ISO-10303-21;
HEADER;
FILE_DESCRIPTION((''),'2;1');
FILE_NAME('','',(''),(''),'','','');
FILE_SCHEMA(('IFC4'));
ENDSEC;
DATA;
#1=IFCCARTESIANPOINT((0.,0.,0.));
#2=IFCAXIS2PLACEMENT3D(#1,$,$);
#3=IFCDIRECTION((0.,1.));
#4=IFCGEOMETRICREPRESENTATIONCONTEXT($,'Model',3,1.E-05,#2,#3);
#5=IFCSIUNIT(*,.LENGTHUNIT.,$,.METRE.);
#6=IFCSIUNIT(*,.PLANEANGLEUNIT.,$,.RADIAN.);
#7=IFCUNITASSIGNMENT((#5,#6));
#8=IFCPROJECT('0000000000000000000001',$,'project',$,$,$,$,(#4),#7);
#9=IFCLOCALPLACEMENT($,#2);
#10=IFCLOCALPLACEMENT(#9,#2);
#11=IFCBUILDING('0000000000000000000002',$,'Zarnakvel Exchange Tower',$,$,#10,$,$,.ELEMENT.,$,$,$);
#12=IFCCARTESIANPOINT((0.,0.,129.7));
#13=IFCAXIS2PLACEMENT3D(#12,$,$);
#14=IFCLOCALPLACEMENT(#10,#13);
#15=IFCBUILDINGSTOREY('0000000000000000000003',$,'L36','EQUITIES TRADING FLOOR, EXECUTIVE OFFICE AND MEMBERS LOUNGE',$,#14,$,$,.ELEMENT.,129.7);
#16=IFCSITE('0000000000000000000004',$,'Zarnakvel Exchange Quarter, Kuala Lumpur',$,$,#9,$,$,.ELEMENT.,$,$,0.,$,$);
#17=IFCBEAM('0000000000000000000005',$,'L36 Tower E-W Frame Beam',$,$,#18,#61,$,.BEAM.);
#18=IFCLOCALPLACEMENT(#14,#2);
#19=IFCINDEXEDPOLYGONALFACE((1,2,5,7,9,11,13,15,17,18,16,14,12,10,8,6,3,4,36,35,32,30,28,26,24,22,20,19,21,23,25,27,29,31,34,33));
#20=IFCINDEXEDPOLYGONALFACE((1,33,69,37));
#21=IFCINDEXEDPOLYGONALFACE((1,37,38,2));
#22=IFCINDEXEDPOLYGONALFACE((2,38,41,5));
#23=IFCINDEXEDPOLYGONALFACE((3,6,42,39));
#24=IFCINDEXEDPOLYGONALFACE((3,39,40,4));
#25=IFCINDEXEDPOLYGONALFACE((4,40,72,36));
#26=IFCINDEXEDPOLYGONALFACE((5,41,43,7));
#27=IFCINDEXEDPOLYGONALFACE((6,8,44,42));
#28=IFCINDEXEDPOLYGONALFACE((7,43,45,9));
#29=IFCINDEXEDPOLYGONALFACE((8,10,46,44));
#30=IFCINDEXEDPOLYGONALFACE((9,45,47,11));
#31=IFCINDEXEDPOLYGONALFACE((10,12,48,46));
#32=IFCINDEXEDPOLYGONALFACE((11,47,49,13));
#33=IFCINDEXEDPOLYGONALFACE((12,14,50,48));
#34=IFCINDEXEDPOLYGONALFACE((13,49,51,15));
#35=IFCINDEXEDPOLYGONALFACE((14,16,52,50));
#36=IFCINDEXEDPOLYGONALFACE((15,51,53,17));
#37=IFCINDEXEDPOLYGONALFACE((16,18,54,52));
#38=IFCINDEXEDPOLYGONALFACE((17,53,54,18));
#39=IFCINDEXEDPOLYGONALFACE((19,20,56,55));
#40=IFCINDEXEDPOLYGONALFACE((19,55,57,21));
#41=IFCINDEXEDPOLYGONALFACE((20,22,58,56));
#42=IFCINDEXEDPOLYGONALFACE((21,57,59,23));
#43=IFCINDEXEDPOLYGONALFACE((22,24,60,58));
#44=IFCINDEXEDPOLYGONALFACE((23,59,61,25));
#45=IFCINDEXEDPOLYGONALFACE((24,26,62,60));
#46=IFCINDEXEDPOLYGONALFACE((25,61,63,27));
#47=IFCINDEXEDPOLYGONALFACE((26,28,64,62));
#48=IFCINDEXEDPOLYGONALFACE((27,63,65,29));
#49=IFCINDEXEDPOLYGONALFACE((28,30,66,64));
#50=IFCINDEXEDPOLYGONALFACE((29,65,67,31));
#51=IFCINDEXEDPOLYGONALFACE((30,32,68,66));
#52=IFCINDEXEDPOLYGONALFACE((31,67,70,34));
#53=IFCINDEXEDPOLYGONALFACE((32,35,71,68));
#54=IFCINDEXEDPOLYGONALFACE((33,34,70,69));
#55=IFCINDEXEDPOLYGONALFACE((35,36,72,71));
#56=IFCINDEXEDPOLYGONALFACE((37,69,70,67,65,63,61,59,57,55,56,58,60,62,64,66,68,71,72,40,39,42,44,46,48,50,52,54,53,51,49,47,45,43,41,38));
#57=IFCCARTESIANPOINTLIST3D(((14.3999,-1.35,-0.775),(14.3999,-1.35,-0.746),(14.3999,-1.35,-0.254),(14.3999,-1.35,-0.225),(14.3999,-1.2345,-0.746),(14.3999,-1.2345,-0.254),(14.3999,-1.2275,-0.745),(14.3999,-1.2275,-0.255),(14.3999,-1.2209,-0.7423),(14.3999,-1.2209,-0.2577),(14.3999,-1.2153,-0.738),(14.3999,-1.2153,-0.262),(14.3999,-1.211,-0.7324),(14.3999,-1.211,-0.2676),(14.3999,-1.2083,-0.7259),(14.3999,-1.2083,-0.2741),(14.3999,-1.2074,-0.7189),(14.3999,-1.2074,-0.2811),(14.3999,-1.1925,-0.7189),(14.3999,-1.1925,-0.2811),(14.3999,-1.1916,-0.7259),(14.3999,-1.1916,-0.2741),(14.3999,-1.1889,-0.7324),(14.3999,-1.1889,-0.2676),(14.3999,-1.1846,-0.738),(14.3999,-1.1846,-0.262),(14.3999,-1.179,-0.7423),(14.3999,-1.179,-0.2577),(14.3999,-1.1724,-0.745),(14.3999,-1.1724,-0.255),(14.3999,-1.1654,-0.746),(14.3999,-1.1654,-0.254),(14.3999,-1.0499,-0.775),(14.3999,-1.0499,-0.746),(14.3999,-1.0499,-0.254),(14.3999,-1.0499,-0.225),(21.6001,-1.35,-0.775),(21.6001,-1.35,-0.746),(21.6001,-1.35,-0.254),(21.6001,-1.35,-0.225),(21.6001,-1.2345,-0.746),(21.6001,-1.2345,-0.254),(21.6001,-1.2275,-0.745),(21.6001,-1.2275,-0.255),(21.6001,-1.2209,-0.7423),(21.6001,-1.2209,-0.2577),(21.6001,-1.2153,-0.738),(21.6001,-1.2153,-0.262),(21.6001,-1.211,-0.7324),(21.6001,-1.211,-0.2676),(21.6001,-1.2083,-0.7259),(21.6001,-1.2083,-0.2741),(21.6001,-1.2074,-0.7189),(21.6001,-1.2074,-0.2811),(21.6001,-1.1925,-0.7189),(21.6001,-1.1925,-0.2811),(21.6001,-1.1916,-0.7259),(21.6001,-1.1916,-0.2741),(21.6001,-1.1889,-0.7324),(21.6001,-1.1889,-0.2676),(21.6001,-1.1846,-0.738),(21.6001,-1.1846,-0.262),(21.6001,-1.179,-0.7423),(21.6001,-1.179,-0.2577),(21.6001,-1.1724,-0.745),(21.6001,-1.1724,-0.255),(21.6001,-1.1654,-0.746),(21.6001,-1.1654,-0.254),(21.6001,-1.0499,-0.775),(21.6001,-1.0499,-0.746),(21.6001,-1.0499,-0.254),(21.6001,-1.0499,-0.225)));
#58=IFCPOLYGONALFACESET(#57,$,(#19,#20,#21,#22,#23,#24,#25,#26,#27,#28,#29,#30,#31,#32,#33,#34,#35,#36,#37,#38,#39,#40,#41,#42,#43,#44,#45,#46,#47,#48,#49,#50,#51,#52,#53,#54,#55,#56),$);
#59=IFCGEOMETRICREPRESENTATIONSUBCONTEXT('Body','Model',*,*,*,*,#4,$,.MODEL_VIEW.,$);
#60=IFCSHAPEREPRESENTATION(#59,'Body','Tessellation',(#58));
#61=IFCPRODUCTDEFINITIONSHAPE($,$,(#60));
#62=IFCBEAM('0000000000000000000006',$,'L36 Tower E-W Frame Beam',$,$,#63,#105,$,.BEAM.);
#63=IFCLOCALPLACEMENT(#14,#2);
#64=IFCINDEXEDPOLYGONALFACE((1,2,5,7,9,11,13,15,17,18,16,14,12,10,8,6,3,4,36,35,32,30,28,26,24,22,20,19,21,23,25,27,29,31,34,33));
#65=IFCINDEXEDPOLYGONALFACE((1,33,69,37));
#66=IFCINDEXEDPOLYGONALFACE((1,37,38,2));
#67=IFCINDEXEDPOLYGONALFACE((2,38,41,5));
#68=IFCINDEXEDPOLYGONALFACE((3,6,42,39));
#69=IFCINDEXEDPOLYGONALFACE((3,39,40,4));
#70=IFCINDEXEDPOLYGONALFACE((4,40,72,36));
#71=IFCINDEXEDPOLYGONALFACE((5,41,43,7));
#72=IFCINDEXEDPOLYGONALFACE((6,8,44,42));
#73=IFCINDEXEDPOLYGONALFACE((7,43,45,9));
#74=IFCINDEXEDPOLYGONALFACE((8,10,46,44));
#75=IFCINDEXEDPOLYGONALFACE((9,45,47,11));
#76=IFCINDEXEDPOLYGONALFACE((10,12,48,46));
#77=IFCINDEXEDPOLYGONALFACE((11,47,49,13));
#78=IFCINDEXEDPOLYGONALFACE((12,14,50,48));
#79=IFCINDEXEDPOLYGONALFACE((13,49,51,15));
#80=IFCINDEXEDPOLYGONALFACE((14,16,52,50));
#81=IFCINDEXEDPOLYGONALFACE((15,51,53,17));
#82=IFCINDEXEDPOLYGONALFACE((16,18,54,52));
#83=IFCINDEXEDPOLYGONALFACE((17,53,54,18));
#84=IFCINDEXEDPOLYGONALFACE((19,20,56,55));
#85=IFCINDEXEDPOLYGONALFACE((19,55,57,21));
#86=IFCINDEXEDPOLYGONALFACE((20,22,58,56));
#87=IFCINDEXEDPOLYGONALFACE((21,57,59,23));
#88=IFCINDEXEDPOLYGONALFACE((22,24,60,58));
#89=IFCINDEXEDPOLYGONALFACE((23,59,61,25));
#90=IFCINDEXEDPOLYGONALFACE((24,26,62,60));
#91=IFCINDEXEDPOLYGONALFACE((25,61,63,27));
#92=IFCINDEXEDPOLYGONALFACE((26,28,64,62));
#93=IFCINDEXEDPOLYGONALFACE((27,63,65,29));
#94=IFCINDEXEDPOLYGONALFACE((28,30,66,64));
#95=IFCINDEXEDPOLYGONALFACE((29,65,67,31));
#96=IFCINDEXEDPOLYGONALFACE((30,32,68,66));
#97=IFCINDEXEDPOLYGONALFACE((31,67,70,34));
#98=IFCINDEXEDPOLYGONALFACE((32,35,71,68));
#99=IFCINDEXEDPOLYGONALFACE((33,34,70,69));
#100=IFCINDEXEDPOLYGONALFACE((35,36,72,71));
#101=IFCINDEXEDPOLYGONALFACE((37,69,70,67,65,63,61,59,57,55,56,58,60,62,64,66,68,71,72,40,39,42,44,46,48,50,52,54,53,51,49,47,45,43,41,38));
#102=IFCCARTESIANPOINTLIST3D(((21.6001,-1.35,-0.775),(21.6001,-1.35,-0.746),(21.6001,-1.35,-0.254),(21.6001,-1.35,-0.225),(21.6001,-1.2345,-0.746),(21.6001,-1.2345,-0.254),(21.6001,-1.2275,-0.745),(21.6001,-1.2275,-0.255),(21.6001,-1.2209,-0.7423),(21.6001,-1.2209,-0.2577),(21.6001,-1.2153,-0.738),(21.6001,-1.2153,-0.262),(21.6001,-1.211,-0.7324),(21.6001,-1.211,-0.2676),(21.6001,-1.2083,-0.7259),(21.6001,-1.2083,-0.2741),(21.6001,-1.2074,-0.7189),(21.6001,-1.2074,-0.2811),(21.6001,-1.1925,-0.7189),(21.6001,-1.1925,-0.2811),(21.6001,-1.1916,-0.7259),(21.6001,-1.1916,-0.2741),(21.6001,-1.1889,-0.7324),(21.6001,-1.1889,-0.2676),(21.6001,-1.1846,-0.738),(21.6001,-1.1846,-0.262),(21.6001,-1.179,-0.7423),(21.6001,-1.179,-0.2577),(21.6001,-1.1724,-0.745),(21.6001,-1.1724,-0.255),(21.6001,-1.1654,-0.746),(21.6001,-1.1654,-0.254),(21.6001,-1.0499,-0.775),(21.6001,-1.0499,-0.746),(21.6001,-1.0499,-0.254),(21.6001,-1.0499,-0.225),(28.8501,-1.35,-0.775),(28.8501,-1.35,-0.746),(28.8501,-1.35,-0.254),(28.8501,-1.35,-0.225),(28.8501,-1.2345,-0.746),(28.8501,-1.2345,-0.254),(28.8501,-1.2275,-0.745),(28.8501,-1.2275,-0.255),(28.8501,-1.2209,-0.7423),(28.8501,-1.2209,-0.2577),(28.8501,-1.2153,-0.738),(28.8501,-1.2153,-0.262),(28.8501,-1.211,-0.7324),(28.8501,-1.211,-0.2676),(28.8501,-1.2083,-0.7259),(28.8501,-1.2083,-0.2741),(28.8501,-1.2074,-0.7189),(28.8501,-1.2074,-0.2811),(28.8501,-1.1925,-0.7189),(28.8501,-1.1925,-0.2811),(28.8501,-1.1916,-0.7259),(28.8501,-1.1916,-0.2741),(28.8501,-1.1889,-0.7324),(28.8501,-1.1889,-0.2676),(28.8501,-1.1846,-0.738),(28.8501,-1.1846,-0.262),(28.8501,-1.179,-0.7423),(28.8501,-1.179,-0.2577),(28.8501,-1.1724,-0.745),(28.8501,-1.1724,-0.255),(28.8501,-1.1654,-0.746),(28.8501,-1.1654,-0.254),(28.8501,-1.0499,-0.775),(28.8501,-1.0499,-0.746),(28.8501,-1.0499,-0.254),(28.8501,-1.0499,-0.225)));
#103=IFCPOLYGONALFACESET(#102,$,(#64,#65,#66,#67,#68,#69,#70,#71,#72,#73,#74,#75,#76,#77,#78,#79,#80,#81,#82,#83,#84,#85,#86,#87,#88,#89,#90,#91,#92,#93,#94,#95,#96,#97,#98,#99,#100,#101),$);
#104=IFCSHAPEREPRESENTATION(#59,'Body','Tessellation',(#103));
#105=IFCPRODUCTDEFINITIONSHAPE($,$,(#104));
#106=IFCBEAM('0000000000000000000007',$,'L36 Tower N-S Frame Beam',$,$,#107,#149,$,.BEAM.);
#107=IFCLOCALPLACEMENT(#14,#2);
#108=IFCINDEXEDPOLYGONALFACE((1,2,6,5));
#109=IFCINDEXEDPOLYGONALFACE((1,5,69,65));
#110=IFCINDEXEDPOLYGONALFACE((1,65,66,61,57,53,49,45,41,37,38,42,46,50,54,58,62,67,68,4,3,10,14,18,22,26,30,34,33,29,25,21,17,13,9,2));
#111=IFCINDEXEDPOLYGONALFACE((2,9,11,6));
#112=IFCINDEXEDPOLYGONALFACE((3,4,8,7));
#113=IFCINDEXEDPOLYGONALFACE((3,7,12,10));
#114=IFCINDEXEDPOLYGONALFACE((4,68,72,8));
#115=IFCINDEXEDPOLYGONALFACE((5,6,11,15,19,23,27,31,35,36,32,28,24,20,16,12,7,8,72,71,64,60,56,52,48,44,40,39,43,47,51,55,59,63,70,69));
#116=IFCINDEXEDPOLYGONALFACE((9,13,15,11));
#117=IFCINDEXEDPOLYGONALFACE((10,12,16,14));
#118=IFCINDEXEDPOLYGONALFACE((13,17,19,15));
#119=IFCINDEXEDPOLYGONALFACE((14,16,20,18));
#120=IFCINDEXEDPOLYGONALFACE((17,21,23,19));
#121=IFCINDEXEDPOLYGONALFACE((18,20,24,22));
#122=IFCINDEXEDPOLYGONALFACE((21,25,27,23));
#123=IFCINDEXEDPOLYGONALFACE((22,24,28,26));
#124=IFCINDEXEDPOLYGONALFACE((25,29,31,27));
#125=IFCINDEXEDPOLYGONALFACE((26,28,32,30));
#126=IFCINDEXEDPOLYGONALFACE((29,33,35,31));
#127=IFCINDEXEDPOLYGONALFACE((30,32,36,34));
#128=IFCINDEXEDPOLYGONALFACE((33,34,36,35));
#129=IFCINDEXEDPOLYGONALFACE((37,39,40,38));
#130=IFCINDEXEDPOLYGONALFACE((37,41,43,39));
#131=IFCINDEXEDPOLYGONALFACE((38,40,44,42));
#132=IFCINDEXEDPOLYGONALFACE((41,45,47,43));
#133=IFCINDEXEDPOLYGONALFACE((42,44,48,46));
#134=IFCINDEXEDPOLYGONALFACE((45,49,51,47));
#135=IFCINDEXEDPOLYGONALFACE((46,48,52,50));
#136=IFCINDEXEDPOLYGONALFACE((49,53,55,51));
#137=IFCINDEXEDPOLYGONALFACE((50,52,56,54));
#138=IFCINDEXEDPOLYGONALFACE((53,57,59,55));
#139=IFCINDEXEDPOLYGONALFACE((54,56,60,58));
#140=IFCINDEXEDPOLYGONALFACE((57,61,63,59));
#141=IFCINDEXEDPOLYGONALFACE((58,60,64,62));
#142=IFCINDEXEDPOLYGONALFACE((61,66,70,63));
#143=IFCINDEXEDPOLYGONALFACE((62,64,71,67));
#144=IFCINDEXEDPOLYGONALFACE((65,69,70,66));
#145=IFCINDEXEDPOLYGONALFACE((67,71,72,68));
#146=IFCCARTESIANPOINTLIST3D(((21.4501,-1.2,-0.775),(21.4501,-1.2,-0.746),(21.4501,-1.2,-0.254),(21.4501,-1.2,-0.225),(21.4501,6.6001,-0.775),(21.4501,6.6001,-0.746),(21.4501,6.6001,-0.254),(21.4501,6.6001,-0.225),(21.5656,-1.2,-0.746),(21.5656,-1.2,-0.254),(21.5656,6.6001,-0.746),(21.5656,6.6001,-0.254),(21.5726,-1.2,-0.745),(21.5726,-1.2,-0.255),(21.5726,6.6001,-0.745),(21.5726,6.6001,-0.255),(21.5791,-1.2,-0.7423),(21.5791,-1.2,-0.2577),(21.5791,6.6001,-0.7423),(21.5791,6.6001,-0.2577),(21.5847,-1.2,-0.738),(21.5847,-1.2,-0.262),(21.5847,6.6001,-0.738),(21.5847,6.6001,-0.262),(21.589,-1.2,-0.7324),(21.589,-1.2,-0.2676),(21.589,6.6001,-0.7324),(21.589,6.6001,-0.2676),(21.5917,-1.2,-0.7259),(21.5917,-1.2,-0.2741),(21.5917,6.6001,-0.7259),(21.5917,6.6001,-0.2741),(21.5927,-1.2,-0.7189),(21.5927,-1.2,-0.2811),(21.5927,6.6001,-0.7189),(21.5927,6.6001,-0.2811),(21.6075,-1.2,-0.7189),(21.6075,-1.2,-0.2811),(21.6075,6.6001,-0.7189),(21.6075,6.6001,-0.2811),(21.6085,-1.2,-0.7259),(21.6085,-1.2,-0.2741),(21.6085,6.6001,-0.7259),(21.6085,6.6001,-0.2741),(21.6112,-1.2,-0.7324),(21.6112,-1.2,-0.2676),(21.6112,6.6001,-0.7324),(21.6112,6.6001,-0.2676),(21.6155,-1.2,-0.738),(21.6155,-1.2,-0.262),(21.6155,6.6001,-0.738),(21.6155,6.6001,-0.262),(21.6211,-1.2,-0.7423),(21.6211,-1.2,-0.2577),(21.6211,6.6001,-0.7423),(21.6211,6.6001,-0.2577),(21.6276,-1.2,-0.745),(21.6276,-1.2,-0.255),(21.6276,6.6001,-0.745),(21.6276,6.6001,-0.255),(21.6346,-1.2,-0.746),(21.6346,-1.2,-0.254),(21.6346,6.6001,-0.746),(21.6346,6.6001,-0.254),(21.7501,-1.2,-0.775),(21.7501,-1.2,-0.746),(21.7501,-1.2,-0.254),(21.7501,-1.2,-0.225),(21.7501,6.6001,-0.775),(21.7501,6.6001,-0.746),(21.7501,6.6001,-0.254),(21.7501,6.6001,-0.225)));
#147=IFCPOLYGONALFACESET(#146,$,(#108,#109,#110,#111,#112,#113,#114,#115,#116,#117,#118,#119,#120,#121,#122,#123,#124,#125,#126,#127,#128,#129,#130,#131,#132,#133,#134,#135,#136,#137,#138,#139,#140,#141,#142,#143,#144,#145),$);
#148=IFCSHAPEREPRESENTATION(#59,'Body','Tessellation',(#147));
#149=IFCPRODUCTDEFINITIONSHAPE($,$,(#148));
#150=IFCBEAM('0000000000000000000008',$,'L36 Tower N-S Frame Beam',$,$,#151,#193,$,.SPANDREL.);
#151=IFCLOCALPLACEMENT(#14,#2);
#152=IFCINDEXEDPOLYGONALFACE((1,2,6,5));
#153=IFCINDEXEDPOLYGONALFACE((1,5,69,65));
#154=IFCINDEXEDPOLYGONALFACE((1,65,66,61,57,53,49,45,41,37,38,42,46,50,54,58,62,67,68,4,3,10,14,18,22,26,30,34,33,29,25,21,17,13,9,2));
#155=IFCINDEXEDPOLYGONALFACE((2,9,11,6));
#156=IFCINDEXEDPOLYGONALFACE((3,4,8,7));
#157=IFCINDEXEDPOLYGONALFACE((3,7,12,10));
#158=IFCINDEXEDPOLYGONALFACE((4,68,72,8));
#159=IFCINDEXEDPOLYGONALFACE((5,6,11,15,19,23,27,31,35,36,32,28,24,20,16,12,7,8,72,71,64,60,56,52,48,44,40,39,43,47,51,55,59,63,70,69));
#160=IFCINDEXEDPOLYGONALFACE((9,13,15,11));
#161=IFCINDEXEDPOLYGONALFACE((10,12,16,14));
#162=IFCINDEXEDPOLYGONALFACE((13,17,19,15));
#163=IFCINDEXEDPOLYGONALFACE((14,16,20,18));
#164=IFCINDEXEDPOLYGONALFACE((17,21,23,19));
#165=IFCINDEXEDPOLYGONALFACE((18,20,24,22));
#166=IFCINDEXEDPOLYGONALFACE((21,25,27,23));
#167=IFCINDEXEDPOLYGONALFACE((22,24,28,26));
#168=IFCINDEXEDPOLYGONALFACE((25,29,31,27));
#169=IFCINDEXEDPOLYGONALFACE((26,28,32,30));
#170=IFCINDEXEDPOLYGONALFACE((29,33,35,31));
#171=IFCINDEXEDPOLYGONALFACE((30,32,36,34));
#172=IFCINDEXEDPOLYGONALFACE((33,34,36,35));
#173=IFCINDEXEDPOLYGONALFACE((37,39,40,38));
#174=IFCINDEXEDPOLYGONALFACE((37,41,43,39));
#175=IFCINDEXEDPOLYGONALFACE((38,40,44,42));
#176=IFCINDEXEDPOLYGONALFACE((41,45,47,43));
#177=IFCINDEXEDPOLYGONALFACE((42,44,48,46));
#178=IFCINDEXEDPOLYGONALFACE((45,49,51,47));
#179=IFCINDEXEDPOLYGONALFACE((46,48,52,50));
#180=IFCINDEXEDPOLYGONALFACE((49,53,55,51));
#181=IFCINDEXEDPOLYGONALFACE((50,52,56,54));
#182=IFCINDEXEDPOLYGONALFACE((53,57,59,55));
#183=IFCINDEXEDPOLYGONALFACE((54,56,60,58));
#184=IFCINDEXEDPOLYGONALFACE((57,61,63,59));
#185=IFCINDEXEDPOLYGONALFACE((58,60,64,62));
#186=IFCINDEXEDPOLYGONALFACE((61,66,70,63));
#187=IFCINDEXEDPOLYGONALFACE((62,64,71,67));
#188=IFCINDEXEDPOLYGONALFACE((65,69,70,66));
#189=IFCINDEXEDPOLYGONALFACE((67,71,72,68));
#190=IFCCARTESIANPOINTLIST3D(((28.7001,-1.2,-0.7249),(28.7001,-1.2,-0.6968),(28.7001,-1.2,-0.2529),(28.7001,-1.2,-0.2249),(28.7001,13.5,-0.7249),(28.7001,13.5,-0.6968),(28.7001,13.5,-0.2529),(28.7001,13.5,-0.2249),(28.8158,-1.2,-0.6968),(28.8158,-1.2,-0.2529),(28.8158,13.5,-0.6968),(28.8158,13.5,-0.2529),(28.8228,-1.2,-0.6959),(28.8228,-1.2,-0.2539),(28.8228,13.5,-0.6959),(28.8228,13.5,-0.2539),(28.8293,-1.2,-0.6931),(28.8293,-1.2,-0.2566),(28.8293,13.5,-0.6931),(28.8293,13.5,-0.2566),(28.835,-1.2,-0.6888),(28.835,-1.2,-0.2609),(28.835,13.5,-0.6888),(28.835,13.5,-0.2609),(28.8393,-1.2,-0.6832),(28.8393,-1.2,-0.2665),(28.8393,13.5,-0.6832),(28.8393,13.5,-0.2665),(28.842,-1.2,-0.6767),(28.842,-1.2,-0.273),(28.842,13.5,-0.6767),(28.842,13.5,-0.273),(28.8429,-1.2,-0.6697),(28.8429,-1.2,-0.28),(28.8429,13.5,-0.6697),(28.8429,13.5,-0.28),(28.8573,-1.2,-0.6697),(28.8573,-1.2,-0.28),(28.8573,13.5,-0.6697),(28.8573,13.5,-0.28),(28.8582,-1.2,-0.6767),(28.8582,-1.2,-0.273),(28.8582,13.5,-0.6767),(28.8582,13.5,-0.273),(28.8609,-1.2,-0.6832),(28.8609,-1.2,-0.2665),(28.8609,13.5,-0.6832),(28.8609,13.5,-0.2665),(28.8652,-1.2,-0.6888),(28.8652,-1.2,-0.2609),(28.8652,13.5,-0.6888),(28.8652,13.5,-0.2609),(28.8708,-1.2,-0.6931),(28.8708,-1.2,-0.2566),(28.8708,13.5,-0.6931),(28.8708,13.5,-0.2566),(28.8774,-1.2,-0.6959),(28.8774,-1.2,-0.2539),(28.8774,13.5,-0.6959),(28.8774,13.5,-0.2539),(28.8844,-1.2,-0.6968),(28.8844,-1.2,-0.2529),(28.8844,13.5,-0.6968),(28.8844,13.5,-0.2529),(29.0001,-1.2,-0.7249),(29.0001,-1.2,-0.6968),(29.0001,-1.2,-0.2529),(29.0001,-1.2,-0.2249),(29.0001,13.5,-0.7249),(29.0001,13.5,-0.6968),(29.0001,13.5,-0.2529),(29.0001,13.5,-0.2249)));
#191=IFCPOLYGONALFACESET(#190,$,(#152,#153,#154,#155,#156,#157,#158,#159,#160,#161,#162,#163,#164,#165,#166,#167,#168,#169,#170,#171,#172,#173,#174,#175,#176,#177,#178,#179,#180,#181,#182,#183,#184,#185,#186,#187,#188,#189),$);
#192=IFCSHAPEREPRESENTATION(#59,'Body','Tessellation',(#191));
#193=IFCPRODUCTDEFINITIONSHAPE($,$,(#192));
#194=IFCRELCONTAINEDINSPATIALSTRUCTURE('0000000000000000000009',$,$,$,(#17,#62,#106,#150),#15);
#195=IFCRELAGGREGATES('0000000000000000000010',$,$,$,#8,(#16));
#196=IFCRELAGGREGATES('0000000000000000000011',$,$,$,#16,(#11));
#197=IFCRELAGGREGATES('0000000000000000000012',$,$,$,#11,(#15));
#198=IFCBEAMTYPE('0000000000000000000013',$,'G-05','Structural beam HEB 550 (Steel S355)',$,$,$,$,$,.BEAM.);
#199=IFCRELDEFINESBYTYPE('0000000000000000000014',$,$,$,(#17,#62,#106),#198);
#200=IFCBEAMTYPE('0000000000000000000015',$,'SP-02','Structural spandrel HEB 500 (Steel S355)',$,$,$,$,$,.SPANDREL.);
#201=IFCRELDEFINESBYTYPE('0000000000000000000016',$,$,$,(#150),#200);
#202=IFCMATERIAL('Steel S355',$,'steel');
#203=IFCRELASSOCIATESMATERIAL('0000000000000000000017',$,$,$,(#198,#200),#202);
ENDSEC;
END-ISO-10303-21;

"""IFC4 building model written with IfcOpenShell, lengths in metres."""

from ifc_helpers import new_model, si_unit, direction, frame, origin, origin_2d, place, context, subcontext, project, spatial, i_section, extrude, material, material_profile, profile_set, type_object, element, save


model = new_model("IFC4")

# Units and contexts
model_context = context("Model", 3, precision=1e-05, world=origin(), true_north=direction((0.0, 1.0)))
body_context = subcontext(model_context, "Body", "Model", "MODEL_VIEW")
ifc_project = project(units=[si_unit("LENGTHUNIT", "METRE"), si_unit("PLANEANGLEUNIT", "RADIAN")], contexts=[model_context])

# Site, building, storey
site_placement = place(None, origin())
site = spatial("IfcSite", under=ifc_project, at=site_placement, Name="Zarnakvel Exchange Quarter, Kuala Lumpur", CompositionType="ELEMENT", RefElevation=0.0)
building_placement = place(site_placement, origin())
building = spatial("IfcBuilding", under=site, at=building_placement, Name="Zarnakvel Exchange Tower", CompositionType="ELEMENT")
storey_placement = place(building_placement, frame((0.0, 0.0, 129.7)))
storey = spatial("IfcBuildingStorey", under=building, at=storey_placement, Name="L36", Description="EQUITIES TRADING FLOOR, EXECUTIVE OFFICE AND MEMBERS LOUNGE", CompositionType="ELEMENT", Elevation=129.7)

# Shared definitions
ifc_material_1 = material(Name="Steel S355", Category="steel")

# Beams
ifc_material_profile_1 = material_profile(ifc_material_1, i_section(OverallWidth=0.3, OverallDepth=0.55, WebThickness=0.0149, FlangeThickness=0.0291, FilletRadius=0.0271, at=origin_2d()))
ifc_profile_set_1 = profile_set([ifc_material_profile_1], Name="Steel S355")
beam_type_1 = type_object("IfcBeamType", Name="G-05", Description="Structural beam HEB 550 (Steel S355)", PredefinedType="BEAM", material=ifc_profile_set_1)
beam_1_placement = place(storey_placement, frame((14.3999, -1.2, -0.5), z_axis=(1.0, 0.0, 0.0), x_axis=(0.0, 1.0, 0.0)))
element("IfcBeam", 1, at=beam_1_placement, inside=storey, type_object=beam_type_1, Name="L36 Tower E-W Frame Beam", PredefinedType="BEAM", context=body_context, shape_type="SweptSolid", body=[
    extrude(i_section(OverallWidth=0.3, OverallDepth=0.55, WebThickness=0.0149, FlangeThickness=0.0291, FilletRadius=0.0271, at=origin_2d()), origin(), (0.0, 0.0, 1.0), 7.2002),
])
beam_2_placement = place(storey_placement, frame((21.6001, -1.2, -0.5), z_axis=(1.0, 0.0, 0.0), x_axis=(0.0, 1.0, 0.0)))
element("IfcBeam", 2, at=beam_2_placement, inside=storey, type_object=beam_type_1, Name="L36 Tower E-W Frame Beam", PredefinedType="BEAM", context=body_context, shape_type="SweptSolid", body=[
    extrude(i_section(OverallWidth=0.3, OverallDepth=0.55, WebThickness=0.0149, FlangeThickness=0.0291, FilletRadius=0.0271, at=origin_2d()), origin(), (0.0, 0.0, 1.0), 7.25),
])
beam_3_placement = place(storey_placement, frame((21.6001, -1.2, -0.5), z_axis=(0.0, 1.0, 0.0), x_axis=(-1.0, 0.0, 0.0)))
element("IfcBeam", 3, at=beam_3_placement, inside=storey, type_object=beam_type_1, Name="L36 Tower N-S Frame Beam", PredefinedType="BEAM", context=body_context, shape_type="SweptSolid", body=[
    extrude(i_section(OverallWidth=0.3, OverallDepth=0.55, WebThickness=0.0149, FlangeThickness=0.0291, FilletRadius=0.0271, at=origin_2d()), origin(), (0.0, 0.0, 1.0), 7.8),
])
ifc_material_profile_2 = material_profile(ifc_material_1, i_section(OverallWidth=0.3, OverallDepth=0.5, WebThickness=0.0144, FlangeThickness=0.0281, FilletRadius=0.0271, at=origin_2d()))
ifc_profile_set_2 = profile_set([ifc_material_profile_2], Name="Steel S355")
beam_type_2 = type_object("IfcBeamType", Name="SP-02", Description="Structural spandrel HEB 500 (Steel S355)", PredefinedType="SPANDREL", material=ifc_profile_set_2)
beam_4_placement = place(storey_placement, frame((28.8501, -1.2, -0.4749), z_axis=(0.0, 1.0, 0.0), x_axis=(-1.0, 0.0, 0.0)))
element("IfcBeam", 4, at=beam_4_placement, inside=storey, type_object=beam_type_2, Name="L36 Tower N-S Frame Beam", PredefinedType="SPANDREL", context=body_context, shape_type="SweptSolid", body=[
    extrude(i_section(OverallWidth=0.3, OverallDepth=0.5, WebThickness=0.0144, FlangeThickness=0.0281, FilletRadius=0.0271, at=origin_2d()), origin(), (0.0, 0.0, 1.0), 14.7),
])

save(model, "model.ifc")
